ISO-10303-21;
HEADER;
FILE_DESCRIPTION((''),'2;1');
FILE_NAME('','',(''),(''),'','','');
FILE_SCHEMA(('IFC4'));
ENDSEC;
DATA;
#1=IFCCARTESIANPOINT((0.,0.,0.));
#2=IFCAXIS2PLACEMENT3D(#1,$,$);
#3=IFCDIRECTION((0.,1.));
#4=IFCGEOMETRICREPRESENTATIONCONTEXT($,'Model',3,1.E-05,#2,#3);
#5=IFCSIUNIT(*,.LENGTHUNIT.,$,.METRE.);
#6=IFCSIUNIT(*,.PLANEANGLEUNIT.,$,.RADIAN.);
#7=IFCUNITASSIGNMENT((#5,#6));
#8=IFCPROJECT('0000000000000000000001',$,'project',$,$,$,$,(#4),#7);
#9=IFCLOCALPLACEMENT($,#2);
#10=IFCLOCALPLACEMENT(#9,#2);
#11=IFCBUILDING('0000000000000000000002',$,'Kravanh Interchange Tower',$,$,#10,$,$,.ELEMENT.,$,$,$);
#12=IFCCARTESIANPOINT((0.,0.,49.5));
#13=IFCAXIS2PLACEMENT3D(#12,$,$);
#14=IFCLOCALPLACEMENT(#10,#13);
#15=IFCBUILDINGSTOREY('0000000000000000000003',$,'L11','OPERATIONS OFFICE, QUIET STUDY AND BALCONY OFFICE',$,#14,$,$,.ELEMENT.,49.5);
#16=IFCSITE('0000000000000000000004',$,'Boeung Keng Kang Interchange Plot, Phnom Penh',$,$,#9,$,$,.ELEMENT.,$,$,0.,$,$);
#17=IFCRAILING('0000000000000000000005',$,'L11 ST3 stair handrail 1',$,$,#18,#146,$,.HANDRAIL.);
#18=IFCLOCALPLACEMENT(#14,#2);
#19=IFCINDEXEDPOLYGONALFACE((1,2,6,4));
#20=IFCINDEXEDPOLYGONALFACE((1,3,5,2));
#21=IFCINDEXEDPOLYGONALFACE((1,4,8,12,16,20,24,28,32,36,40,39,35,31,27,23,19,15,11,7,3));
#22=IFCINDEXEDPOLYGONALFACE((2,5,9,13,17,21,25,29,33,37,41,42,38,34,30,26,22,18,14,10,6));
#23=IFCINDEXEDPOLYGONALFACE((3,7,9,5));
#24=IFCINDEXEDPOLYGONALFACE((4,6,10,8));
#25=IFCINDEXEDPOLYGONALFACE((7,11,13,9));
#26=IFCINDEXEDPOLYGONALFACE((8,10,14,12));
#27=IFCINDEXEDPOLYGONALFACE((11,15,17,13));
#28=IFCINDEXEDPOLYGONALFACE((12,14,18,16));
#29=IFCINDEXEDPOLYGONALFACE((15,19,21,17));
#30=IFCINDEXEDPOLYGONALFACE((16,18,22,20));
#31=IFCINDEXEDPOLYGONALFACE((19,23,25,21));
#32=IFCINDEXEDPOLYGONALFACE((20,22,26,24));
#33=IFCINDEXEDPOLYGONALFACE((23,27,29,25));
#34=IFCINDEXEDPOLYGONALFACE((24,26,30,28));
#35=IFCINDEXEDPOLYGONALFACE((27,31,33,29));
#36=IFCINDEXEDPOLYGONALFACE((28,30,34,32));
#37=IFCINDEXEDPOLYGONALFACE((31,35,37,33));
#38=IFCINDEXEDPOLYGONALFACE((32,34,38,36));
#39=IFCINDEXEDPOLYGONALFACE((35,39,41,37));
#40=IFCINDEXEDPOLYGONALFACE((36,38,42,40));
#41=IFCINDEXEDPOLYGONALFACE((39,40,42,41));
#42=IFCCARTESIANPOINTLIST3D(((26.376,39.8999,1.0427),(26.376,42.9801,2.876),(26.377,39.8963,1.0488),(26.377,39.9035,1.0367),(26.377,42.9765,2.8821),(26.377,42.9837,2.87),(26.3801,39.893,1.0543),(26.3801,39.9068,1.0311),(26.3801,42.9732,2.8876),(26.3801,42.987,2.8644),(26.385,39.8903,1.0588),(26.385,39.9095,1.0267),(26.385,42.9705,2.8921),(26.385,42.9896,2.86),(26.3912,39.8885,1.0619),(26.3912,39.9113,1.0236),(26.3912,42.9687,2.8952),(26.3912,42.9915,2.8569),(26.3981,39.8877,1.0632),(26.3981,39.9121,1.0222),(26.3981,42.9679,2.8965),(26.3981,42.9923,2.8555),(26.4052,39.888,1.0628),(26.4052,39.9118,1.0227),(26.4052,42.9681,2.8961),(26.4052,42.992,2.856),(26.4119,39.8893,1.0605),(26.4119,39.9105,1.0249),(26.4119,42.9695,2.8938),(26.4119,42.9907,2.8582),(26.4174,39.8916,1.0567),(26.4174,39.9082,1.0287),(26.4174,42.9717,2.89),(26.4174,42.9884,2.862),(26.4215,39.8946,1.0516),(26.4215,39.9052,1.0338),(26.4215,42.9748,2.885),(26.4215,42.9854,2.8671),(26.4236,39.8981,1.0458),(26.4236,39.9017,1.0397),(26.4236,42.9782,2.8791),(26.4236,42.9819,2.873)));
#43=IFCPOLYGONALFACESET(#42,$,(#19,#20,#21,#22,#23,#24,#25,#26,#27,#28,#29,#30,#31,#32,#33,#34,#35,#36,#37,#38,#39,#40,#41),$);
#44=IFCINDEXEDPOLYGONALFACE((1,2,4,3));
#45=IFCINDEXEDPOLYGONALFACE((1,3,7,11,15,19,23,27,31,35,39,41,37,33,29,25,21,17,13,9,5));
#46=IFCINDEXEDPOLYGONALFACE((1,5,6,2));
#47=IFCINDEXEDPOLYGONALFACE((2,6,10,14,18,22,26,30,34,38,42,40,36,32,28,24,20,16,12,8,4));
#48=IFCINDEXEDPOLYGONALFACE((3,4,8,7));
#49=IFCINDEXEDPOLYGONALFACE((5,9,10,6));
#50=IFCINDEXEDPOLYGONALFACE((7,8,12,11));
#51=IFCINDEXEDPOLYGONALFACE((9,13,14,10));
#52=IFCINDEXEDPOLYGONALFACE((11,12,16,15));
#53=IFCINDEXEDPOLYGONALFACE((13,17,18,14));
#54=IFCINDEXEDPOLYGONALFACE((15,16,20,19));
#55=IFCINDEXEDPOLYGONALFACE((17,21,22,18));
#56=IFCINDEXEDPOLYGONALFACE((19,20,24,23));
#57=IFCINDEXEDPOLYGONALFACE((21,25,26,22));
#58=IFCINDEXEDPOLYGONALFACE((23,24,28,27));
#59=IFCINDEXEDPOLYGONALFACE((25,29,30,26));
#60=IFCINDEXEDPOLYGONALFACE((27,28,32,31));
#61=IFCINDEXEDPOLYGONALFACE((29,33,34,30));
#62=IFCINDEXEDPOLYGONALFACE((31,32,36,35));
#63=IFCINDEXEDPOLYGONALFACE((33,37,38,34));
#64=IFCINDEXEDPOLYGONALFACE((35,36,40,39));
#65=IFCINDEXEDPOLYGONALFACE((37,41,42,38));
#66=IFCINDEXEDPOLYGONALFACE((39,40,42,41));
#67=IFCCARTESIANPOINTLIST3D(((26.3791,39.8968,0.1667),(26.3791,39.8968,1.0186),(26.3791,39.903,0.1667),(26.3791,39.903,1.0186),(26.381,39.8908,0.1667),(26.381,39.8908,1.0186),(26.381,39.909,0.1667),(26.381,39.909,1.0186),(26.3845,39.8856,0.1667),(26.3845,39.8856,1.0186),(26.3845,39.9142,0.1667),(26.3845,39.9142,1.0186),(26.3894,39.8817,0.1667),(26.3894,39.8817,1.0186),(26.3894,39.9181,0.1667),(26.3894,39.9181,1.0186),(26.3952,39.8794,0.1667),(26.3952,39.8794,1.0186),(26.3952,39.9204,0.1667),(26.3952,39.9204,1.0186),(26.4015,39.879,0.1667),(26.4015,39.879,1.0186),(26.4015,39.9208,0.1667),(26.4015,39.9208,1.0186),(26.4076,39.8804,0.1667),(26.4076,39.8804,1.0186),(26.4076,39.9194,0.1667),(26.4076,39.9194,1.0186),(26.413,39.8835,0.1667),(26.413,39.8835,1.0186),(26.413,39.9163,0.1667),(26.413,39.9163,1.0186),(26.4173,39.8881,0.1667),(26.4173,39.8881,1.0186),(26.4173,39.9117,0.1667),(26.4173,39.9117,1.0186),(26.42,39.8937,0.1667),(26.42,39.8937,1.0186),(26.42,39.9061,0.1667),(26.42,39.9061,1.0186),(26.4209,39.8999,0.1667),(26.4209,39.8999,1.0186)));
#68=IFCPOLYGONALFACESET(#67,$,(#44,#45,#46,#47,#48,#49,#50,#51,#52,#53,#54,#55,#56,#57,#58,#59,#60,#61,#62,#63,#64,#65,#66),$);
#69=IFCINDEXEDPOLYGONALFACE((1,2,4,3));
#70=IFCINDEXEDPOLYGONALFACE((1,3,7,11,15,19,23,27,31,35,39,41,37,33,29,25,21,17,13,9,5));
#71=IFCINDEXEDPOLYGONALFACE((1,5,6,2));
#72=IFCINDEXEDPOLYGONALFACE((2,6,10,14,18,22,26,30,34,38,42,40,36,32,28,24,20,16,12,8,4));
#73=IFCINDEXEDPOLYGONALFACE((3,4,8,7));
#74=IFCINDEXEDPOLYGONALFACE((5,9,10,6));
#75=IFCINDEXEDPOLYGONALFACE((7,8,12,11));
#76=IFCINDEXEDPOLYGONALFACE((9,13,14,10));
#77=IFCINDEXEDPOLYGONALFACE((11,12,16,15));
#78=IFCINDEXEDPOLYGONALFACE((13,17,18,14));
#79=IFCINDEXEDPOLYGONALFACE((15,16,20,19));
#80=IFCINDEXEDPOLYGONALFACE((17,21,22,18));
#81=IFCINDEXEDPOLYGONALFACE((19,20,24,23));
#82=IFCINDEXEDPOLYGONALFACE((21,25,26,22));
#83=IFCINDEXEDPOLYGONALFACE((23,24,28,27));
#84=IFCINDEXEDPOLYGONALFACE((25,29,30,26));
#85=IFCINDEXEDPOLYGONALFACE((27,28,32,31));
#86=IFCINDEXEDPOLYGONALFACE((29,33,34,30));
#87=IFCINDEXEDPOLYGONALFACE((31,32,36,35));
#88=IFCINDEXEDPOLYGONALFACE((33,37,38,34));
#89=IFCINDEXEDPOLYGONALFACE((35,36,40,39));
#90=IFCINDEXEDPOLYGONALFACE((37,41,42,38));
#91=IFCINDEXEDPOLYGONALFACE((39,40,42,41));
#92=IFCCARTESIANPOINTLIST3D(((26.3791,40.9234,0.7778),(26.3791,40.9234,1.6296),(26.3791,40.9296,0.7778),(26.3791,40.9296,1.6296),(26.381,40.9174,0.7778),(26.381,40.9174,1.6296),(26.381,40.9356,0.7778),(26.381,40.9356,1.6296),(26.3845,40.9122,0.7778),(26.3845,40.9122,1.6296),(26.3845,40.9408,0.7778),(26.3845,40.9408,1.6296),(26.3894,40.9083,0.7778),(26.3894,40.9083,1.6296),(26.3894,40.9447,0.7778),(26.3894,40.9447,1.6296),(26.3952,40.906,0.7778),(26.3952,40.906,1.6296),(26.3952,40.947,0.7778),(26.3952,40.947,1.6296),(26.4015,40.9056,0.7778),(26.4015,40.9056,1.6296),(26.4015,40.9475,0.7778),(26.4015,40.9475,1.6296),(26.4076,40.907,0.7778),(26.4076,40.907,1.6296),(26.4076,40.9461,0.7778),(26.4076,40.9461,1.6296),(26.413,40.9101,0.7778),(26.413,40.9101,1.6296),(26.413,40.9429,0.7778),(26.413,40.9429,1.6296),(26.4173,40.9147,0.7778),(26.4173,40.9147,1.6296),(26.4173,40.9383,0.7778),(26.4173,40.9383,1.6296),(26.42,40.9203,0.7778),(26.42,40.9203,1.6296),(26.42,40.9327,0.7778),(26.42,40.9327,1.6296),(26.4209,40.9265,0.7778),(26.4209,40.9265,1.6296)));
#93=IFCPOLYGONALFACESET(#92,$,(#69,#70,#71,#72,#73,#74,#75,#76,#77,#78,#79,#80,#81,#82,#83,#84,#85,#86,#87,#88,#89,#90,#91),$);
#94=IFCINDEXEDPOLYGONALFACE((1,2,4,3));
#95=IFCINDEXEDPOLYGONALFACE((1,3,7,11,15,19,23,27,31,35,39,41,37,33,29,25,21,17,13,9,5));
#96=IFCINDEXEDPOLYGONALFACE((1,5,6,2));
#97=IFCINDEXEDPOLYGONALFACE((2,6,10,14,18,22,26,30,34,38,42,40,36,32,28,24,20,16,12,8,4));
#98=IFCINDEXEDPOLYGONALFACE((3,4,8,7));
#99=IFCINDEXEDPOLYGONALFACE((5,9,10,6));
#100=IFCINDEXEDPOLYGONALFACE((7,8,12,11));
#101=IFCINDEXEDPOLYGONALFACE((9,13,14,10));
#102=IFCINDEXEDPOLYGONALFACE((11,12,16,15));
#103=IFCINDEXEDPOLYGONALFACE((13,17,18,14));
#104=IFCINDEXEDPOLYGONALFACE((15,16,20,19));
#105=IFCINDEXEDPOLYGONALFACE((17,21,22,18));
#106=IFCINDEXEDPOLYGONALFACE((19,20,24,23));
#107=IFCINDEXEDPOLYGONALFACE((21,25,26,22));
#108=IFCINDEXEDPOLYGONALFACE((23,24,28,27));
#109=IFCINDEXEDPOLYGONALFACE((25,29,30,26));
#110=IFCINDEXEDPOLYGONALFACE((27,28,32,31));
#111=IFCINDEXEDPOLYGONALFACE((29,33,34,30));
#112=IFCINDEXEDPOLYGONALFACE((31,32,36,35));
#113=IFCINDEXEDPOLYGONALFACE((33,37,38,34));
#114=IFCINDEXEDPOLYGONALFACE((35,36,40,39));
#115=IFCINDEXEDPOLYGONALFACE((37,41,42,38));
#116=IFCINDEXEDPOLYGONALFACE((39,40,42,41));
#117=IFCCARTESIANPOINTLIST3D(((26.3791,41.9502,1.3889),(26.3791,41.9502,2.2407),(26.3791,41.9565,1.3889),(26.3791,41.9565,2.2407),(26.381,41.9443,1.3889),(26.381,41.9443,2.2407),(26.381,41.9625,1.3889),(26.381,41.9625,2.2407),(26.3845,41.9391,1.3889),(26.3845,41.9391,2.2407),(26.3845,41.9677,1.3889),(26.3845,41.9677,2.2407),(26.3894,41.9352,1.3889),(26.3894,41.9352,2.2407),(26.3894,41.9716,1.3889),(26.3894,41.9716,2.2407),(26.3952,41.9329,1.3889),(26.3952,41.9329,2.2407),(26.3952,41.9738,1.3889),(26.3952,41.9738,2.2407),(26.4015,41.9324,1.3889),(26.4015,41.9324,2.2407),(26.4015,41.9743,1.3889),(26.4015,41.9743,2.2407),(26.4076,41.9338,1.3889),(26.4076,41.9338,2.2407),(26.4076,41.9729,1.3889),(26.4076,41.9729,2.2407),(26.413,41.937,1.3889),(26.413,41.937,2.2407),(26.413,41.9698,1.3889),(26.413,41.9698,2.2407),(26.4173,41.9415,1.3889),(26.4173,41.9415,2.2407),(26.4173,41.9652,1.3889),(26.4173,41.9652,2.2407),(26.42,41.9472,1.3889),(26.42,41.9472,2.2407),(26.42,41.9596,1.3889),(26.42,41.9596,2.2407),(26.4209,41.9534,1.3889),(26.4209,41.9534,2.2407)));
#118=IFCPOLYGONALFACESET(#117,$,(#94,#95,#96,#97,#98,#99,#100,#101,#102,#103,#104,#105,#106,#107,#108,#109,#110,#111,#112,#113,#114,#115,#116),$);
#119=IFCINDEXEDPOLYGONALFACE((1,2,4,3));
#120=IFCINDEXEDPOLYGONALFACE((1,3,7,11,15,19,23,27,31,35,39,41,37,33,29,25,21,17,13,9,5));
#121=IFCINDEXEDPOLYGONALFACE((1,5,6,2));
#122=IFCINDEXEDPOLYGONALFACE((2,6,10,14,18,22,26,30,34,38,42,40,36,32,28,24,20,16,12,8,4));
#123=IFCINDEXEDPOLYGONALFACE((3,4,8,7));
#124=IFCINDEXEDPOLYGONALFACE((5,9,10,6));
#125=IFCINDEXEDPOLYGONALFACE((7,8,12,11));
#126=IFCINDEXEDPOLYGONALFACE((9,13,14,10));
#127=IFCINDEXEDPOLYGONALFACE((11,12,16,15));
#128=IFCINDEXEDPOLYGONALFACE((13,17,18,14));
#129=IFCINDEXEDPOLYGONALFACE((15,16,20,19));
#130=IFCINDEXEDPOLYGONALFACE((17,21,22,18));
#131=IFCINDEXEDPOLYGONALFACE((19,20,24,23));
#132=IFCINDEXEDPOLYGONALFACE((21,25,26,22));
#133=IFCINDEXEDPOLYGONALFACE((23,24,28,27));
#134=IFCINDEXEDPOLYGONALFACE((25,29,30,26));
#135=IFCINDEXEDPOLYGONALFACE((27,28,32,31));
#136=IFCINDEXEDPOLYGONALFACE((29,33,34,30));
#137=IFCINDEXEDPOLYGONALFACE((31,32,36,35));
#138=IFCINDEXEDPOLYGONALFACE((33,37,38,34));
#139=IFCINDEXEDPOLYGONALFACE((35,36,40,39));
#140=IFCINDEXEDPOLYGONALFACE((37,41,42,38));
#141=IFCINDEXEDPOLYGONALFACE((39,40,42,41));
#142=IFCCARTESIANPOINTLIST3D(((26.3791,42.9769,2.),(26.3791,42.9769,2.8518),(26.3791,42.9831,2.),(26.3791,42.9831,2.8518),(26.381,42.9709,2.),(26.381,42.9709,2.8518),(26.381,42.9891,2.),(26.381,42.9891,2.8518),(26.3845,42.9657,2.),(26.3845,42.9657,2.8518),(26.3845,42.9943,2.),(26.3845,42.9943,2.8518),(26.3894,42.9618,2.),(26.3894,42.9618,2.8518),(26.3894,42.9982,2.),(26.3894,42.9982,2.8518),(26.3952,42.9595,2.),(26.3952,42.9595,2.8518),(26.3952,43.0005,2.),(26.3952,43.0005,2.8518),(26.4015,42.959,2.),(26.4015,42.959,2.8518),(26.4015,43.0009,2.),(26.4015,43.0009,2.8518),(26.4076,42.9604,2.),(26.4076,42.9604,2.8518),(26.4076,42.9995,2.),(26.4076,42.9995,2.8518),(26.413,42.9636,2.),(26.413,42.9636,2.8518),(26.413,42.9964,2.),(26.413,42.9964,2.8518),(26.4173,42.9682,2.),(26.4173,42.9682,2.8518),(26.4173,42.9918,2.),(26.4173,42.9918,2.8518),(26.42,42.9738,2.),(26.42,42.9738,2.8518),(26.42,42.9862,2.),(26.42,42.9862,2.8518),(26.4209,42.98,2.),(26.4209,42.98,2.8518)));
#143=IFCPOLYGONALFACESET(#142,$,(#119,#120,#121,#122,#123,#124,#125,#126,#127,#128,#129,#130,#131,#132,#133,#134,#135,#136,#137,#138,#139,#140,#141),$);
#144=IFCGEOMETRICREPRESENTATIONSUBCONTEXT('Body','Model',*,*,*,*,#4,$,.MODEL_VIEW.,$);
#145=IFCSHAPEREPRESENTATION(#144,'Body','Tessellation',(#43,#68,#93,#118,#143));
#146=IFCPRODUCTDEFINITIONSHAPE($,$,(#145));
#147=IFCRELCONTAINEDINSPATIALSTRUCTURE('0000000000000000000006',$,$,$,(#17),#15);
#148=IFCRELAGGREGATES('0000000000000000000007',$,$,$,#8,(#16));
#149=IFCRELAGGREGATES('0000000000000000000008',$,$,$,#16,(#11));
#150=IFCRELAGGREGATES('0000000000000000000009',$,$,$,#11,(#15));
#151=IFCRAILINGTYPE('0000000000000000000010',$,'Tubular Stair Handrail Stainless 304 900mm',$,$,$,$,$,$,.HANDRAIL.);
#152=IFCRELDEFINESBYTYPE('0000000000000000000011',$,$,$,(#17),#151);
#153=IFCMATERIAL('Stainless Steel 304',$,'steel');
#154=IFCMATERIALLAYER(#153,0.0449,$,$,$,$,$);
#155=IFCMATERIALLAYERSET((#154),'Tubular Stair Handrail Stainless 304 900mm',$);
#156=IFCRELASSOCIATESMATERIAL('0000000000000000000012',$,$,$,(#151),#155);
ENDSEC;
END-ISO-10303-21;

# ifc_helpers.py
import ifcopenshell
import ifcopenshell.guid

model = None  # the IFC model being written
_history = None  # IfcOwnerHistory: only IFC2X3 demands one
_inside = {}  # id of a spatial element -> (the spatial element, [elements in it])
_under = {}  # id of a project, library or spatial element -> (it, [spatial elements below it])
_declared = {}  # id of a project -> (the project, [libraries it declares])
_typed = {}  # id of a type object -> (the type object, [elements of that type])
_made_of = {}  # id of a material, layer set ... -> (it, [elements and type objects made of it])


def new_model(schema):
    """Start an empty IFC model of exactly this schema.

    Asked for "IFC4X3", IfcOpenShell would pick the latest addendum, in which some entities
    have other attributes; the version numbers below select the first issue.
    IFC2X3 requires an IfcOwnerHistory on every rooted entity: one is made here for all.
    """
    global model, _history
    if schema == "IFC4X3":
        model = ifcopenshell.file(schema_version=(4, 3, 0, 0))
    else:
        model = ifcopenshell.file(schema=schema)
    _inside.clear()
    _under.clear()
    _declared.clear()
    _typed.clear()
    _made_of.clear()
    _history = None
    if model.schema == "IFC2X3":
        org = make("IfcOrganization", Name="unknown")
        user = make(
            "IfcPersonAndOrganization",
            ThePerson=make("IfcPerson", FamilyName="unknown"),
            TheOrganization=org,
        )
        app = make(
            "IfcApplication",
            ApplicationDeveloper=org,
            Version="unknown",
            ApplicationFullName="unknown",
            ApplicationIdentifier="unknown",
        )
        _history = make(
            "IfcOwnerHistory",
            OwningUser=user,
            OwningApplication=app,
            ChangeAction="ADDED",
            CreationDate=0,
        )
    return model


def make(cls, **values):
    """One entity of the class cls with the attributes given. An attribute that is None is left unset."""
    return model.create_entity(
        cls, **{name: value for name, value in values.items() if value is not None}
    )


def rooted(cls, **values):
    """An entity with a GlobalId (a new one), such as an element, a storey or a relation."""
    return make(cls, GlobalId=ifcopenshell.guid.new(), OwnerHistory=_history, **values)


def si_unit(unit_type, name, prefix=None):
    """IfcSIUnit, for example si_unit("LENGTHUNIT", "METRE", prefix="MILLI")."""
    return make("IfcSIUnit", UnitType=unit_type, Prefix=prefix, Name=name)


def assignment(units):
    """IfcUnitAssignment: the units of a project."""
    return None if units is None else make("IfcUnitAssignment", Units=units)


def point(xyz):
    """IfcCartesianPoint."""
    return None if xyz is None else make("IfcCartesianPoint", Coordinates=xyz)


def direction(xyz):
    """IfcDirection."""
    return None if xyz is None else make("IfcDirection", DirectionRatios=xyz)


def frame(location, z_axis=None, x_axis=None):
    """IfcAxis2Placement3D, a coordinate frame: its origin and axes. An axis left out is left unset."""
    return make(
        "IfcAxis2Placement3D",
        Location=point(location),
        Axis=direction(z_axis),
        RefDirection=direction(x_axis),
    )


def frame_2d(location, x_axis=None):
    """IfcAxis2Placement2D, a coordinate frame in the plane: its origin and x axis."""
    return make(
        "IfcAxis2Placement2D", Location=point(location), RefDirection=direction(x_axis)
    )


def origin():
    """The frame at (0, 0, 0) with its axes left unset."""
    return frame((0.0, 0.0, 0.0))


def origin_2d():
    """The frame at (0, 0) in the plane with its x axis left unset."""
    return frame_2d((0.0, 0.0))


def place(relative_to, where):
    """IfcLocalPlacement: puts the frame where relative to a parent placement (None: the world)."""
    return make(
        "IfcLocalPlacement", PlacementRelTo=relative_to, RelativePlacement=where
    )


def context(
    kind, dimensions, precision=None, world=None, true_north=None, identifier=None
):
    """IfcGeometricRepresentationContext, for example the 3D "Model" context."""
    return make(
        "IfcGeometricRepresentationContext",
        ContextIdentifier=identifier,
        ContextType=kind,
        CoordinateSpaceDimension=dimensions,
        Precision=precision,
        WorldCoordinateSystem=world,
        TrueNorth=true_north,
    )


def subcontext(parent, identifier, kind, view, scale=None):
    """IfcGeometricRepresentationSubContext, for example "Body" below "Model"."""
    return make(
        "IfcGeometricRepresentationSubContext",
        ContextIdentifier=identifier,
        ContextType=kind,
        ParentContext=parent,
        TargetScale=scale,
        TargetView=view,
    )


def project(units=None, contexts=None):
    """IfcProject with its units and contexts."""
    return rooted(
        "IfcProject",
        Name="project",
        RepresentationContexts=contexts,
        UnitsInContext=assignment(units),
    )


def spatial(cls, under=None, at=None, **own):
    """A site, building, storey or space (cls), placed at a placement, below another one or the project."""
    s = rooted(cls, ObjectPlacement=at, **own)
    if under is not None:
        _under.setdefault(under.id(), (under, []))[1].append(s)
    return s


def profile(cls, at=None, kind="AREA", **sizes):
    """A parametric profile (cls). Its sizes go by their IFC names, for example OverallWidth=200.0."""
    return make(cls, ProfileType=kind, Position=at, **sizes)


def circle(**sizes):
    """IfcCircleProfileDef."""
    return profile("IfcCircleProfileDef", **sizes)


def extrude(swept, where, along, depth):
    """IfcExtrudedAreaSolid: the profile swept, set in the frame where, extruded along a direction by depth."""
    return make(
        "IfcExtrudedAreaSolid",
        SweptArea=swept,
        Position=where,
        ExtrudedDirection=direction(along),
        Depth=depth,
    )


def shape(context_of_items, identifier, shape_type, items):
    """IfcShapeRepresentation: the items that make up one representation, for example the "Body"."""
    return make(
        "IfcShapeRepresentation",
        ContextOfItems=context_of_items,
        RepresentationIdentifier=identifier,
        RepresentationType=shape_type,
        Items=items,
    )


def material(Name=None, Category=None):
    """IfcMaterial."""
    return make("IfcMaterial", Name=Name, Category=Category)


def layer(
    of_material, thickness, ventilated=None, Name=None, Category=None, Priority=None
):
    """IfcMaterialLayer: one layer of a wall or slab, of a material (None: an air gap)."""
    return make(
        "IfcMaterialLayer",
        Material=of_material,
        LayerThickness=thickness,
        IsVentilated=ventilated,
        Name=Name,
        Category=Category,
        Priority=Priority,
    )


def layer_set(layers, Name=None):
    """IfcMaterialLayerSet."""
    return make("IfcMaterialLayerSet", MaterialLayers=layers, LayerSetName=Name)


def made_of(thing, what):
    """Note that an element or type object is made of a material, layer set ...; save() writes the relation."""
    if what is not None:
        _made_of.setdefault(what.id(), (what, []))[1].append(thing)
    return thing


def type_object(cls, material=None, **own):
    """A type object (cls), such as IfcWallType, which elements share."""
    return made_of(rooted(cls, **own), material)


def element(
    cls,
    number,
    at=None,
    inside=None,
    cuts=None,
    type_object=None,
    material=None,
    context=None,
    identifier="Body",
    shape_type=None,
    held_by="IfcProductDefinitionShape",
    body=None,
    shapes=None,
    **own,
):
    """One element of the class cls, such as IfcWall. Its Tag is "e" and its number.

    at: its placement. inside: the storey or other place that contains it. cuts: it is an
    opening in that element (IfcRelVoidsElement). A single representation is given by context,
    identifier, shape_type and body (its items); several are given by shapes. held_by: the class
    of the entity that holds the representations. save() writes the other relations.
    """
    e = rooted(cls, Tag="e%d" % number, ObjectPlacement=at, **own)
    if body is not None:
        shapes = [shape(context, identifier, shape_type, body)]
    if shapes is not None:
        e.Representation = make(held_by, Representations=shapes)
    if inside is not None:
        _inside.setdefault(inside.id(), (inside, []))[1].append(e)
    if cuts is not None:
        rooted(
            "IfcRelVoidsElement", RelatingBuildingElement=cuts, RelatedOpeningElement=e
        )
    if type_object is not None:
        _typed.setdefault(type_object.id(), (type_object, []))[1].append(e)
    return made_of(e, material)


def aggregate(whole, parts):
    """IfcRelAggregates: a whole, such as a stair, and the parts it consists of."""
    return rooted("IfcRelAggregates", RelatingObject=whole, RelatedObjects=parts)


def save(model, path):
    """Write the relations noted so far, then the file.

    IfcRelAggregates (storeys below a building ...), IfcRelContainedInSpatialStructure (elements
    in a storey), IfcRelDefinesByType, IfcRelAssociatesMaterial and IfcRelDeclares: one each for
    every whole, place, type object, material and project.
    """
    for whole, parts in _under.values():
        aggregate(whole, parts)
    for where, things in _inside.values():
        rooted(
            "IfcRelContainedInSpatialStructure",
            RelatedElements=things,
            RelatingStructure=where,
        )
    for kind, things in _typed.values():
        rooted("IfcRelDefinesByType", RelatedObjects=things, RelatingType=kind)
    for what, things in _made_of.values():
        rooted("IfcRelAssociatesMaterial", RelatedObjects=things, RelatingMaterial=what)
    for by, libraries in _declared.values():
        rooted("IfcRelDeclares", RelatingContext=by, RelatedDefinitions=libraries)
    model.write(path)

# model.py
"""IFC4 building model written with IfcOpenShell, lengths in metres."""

from ifc_helpers import new_model, si_unit, direction, frame, origin, origin_2d, place, context, subcontext, project, spatial, circle, extrude, material, layer, layer_set, type_object, element, save


model = new_model("IFC4")

# Units and contexts
model_context = context("Model", 3, precision=1e-05, world=origin(), true_north=direction((0.0, 1.0)))
body_context = subcontext(model_context, "Body", "Model", "MODEL_VIEW")
ifc_project = project(units=[si_unit("LENGTHUNIT", "METRE"), si_unit("PLANEANGLEUNIT", "RADIAN")], contexts=[model_context])

# Site, building, storey
site_placement = place(None, origin())
site = spatial("IfcSite", under=ifc_project, at=site_placement, Name="Boeung Keng Kang Interchange Plot, Phnom Penh", CompositionType="ELEMENT", RefElevation=0.0)
building_placement = place(site_placement, origin())
building = spatial("IfcBuilding", under=site, at=building_placement, Name="Kravanh Interchange Tower", CompositionType="ELEMENT")
storey_placement = place(building_placement, frame((0.0, 0.0, 49.5)))
storey = spatial("IfcBuildingStorey", under=building, at=storey_placement, Name="L11", Description="OPERATIONS OFFICE, QUIET STUDY AND BALCONY OFFICE", CompositionType="ELEMENT", Elevation=49.5)

# Railing
ifc_material_1 = material(Name="Stainless Steel 304", Category="steel")
ifc_layer_1 = layer(ifc_material_1, 0.0449)
ifc_layer_set_1 = layer_set([ifc_layer_1], Name="Tubular Stair Handrail Stainless 304 900mm")
railing_type_1 = type_object("IfcRailingType", Name="Tubular Stair Handrail Stainless 304 900mm", PredefinedType="HANDRAIL", material=ifc_layer_set_1)
railing_1_placement = place(storey_placement, frame((26.3999, 39.8999, 0.1667)))
element("IfcRailing", 1, at=railing_1_placement, inside=storey, type_object=railing_type_1, Name="L11 ST3 stair handrail 1", PredefinedType="HANDRAIL", context=body_context, shape_type="SweptSolid", body=[
    extrude(circle(Radius=0.0239, at=origin_2d()), frame((0.0, 0.0, 0.876), z_axis=(0.0, 0.859309, 0.511458), x_axis=(-1.0, 0.0, 0.0)), (0.0, 0.0, 1.0), 3.5845),
    extrude(circle(Radius=0.021, at=origin_2d()), origin(), (0.0, 0.0, 1.0), 0.8518),
    extrude(circle(Radius=0.021, at=origin_2d()), frame((0.0, 1.0266, 0.6111)), (0.0, 0.0, 1.0), 0.8518),
    extrude(circle(Radius=0.021, at=origin_2d()), frame((0.0, 2.0535, 1.2222)), (0.0, 0.0, 1.0), 0.8518),
    extrude(circle(Radius=0.021, at=origin_2d()), frame((0.0, 3.0801, 1.8333)), (0.0, 0.0, 1.0), 0.8518),
])

save(model, "model.ifc")
